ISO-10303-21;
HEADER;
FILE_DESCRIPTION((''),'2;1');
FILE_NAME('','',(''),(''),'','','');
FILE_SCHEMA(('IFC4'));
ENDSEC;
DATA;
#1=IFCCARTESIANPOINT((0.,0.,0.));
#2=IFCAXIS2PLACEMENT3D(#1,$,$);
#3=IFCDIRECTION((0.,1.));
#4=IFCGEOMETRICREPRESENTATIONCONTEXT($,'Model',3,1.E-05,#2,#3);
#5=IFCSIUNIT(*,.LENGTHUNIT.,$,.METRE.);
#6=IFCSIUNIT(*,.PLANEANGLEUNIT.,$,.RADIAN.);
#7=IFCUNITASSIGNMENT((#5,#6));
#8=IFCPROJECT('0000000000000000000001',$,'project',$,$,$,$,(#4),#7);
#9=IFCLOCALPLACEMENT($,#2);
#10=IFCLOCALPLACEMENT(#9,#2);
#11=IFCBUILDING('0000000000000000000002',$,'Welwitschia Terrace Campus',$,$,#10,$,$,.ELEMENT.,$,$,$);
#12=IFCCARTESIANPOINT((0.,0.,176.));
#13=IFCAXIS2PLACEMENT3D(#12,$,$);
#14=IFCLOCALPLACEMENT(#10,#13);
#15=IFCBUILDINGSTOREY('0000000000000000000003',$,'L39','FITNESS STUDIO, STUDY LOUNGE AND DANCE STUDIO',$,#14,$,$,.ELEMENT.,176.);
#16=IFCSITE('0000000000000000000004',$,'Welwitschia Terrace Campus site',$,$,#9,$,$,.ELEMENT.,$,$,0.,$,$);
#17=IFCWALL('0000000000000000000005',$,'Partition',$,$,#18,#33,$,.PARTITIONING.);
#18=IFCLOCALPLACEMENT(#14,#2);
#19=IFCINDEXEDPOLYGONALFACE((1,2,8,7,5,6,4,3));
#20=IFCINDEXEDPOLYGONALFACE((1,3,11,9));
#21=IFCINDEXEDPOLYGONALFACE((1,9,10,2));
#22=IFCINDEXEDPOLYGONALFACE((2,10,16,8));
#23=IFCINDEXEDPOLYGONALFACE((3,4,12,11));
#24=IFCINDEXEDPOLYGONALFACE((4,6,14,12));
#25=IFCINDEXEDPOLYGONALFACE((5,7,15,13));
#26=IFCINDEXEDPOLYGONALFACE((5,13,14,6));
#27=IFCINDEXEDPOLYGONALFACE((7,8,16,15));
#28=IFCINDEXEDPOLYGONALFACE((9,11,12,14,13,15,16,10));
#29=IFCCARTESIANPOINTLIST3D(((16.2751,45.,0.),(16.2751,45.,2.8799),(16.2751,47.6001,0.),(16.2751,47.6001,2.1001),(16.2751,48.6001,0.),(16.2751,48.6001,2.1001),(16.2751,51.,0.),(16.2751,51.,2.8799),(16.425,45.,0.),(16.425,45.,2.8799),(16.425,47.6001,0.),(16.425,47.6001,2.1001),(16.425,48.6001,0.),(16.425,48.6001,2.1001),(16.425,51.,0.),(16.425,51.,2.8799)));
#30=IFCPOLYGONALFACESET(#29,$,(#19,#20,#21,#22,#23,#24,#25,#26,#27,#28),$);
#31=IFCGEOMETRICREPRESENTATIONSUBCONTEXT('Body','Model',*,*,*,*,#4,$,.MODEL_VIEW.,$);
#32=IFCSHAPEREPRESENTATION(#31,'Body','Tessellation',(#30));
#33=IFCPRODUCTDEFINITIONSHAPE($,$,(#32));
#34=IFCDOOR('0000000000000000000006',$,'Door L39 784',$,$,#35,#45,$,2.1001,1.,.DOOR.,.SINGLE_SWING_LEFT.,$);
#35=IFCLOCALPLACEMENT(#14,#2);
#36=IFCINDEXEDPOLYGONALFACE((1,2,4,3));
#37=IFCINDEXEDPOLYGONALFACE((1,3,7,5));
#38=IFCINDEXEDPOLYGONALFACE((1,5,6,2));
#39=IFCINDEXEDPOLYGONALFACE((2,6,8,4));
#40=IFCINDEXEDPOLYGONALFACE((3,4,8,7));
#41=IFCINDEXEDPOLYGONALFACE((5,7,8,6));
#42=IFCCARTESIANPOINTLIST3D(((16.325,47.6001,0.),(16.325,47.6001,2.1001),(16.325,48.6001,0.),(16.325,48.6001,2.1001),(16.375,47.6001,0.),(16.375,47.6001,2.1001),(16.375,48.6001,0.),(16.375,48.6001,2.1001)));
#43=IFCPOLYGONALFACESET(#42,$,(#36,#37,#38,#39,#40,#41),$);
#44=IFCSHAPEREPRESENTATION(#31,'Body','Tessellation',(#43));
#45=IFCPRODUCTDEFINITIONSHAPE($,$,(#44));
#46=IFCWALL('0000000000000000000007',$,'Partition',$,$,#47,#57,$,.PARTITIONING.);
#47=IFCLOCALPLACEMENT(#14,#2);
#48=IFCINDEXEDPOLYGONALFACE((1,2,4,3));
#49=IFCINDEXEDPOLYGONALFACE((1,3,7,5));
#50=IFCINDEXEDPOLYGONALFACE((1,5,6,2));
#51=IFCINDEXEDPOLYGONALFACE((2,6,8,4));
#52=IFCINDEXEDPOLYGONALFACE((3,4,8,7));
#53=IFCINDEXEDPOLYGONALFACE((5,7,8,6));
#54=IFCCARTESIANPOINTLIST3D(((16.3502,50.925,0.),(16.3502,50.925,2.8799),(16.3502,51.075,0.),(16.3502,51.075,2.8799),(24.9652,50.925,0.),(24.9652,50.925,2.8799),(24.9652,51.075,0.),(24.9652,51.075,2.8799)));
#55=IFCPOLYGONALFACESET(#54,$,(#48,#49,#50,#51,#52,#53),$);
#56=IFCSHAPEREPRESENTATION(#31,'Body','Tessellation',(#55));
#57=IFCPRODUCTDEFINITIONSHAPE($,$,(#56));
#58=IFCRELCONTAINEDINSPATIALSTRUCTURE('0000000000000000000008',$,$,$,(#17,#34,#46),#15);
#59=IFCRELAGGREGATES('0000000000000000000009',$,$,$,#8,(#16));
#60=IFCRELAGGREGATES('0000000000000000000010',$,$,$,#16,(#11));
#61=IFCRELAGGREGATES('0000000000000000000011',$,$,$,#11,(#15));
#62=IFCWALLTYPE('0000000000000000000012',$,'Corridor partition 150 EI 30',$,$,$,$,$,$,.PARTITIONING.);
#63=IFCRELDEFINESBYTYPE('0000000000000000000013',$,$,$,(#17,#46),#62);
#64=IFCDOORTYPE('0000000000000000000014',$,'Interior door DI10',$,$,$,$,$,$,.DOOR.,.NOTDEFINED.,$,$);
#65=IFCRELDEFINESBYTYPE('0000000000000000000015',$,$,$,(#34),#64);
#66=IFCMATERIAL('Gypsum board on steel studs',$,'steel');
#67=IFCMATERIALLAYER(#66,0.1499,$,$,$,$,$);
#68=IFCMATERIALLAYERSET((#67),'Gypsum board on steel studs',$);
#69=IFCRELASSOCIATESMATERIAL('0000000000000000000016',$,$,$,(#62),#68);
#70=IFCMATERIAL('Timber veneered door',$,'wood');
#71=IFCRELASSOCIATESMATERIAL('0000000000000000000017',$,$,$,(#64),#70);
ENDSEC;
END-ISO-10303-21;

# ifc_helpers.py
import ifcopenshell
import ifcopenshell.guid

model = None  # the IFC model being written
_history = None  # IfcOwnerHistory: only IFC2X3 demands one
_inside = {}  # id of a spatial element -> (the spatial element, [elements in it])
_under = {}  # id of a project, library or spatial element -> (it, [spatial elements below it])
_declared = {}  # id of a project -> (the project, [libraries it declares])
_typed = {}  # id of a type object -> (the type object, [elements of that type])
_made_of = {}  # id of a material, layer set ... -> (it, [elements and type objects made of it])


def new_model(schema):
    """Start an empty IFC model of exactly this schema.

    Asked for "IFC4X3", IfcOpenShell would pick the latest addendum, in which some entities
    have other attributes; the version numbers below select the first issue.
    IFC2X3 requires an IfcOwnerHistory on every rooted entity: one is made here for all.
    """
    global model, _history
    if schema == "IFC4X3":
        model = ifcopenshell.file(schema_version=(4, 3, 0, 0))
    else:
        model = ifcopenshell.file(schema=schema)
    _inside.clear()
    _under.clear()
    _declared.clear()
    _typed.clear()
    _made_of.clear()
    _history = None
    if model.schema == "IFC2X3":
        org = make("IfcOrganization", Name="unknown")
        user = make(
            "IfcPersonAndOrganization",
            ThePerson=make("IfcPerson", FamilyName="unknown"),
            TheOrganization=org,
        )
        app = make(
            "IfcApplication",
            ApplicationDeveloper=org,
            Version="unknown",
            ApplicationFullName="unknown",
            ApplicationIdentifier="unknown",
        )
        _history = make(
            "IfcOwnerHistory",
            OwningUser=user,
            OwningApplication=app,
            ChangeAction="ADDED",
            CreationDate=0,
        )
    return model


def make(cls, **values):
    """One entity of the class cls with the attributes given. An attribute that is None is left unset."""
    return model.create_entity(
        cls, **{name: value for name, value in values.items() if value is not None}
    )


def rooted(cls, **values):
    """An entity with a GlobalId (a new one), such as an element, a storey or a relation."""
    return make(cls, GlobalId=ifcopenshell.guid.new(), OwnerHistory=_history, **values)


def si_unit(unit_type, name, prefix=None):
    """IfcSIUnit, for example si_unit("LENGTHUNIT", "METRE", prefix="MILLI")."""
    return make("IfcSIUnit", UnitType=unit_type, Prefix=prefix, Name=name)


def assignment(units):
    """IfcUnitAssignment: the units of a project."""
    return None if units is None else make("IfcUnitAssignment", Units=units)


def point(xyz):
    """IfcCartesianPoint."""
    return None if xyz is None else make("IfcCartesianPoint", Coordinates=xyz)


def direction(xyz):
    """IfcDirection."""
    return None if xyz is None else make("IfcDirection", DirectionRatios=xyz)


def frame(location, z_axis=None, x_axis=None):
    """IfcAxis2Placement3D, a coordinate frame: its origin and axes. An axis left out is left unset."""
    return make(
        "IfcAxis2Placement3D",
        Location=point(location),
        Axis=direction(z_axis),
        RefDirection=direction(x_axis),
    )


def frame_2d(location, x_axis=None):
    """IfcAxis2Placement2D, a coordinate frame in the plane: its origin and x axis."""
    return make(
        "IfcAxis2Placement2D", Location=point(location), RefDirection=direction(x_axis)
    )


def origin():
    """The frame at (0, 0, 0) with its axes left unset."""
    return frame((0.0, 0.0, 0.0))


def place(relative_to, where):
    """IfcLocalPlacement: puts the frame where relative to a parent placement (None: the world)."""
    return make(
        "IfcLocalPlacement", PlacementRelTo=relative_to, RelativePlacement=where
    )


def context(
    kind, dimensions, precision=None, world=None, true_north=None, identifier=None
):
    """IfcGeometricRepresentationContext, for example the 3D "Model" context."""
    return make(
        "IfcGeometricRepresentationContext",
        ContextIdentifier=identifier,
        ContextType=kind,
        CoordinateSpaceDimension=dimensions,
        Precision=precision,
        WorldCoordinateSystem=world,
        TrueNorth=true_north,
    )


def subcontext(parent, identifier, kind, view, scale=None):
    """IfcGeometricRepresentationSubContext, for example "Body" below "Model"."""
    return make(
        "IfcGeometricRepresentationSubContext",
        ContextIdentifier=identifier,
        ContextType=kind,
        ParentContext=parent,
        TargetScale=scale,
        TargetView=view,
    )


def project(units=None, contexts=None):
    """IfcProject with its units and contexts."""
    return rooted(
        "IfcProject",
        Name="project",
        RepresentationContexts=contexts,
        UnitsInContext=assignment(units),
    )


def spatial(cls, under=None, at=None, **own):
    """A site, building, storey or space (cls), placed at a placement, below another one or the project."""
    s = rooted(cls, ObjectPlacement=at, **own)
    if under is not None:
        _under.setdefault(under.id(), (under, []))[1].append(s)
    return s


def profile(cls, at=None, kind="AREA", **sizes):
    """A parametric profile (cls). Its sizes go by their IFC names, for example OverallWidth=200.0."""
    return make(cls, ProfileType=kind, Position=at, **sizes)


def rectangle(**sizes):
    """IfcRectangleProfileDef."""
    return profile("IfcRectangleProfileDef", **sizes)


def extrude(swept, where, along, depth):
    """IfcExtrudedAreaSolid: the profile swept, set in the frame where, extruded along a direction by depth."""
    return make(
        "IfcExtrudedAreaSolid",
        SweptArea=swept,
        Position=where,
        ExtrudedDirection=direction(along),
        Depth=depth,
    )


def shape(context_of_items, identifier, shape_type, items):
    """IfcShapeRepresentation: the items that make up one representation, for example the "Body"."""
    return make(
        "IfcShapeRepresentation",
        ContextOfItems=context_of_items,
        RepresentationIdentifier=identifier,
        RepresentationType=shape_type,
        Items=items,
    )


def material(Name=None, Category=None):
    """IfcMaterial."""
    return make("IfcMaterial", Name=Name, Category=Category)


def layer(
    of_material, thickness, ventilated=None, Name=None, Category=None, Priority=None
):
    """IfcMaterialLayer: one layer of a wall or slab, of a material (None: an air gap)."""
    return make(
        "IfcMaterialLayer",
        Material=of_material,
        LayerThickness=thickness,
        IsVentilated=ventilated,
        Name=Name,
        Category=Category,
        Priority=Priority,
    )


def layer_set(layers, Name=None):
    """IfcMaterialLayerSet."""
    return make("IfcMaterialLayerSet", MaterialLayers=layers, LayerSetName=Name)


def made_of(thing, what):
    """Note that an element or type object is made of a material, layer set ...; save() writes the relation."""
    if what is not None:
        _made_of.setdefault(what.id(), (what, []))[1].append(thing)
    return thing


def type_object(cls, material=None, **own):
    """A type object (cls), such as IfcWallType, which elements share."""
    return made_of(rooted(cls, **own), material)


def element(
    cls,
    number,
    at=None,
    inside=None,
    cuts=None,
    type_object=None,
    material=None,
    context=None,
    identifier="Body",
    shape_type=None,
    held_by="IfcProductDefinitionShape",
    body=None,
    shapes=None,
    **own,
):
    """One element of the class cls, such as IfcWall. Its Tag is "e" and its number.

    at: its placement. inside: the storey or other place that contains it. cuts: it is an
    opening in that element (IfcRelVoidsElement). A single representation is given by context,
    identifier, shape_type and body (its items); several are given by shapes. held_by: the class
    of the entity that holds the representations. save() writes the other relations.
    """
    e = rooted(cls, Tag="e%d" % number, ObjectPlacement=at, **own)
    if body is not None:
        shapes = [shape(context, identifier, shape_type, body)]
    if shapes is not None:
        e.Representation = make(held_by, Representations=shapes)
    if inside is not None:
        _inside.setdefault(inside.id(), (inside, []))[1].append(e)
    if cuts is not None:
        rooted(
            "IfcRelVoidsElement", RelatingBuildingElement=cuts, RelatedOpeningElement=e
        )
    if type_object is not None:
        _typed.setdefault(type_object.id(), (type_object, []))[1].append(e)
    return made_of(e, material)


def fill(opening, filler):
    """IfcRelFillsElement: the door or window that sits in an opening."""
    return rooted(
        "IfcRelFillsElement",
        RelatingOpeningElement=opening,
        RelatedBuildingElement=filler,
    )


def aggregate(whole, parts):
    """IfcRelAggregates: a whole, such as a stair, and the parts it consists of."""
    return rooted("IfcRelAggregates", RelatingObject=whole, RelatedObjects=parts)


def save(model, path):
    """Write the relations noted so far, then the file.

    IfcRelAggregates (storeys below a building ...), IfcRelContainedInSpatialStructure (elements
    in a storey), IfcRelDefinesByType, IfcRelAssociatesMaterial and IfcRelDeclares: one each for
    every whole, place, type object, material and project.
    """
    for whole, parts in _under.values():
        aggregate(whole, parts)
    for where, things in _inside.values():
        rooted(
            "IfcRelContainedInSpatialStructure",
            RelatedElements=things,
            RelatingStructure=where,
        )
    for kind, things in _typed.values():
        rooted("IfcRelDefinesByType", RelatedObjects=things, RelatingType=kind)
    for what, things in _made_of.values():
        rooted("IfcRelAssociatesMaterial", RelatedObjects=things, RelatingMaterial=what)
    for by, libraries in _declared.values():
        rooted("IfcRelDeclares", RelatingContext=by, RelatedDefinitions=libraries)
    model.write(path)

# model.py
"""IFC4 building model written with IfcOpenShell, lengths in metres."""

from ifc_helpers import new_model, si_unit, direction, frame, frame_2d, origin, place, context, subcontext, project, spatial, rectangle, extrude, material, layer, layer_set, type_object, element, fill, save


model = new_model("IFC4")

# Units and contexts
model_context = context("Model", 3, precision=1e-05, world=origin(), true_north=direction((0.0, 1.0)))
body_context = subcontext(model_context, "Body", "Model", "MODEL_VIEW")
ifc_project = project(units=[si_unit("LENGTHUNIT", "METRE"), si_unit("PLANEANGLEUNIT", "RADIAN")], contexts=[model_context])

# Site, building, storey
site_placement = place(None, origin())
site = spatial("IfcSite", under=ifc_project, at=site_placement, Name="Welwitschia Terrace Campus site", CompositionType="ELEMENT", RefElevation=0.0)
building_placement = place(site_placement, origin())
building = spatial("IfcBuilding", under=site, at=building_placement, Name="Welwitschia Terrace Campus", CompositionType="ELEMENT")
storey_placement = place(building_placement, frame((0.0, 0.0, 176.0)))
storey = spatial("IfcBuildingStorey", under=building, at=storey_placement, Name="L39", Description="FITNESS STUDIO, STUDY LOUNGE AND DANCE STUDIO", CompositionType="ELEMENT", Elevation=176.0)

# Shared definitions
ifc_material_1 = material(Name="Gypsum board on steel studs", Category="steel")
ifc_layer_1 = layer(ifc_material_1, 0.1499)
ifc_layer_set_1 = layer_set([ifc_layer_1], Name="Gypsum board on steel studs")
wall_type = type_object("IfcWallType", Name="Corridor partition 150 EI 30", PredefinedType="PARTITIONING", material=ifc_layer_set_1)

# Wall, opening, door
wall_1_placement = place(storey_placement, frame((16.3501, 51.0, 0.0), z_axis=(0.0, 0.0, 1.0), x_axis=(0.0, -1.0, 0.0)))
wall_1 = element("IfcWall", 1, at=wall_1_placement, inside=storey, type_object=wall_type, Name="Partition", PredefinedType="PARTITIONING", context=body_context, shape_type="SweptSolid", body=[
    extrude(rectangle(XDim=6.0, YDim=0.1499, at=frame_2d((3.0, 0.0))), origin(), (0.0, 0.0, 1.0), 2.8799),
])
opening_placement = place(wall_1_placement, frame((2.3999, 0.0, 0.0)))
opening = element("IfcOpeningElement", 2, at=opening_placement, cuts=wall_1, PredefinedType="OPENING", context=body_context, shape_type="SweptSolid", body=[
    extrude(rectangle(XDim=1.0, YDim=2.1001, at=frame_2d((0.5, 1.05))), frame((0.0, 0.085, 0.0), z_axis=(0.0, -1.0, 0.0), x_axis=(1.0, 0.0, 0.0)), (0.0, 0.0, 1.0), 0.1699),
])
ifc_material_2 = material(Name="Timber veneered door", Category="wood")
door_type = type_object("IfcDoorType", Name="Interior door DI10", OperationType="NOTDEFINED", PredefinedType="DOOR", material=ifc_material_2)
door_placement = place(opening_placement, origin())
door = element("IfcDoor", 3, at=door_placement, inside=storey, type_object=door_type, Name="Door L39 784", OperationType="SINGLE_SWING_LEFT", OverallHeight=2.1001, OverallWidth=1.0, PredefinedType="DOOR", context=body_context, shape_type="SweptSolid", body=[
    extrude(rectangle(XDim=1.0, YDim=2.1001, at=frame_2d((0.5, 1.05))), frame((0.0, 0.0249, 0.0), z_axis=(0.0, -1.0, 0.0), x_axis=(1.0, 0.0, 0.0)), (0.0, 0.0, 1.0), 0.05),
])
fill(opening, door)

# Wall
wall_2_placement = place(storey_placement, frame((16.3501, 51.0, 0.0), z_axis=(0.0, 0.0, 1.0), x_axis=(1.0, 0.0, 0.0)))
element("IfcWall", 4, at=wall_2_placement, inside=storey, type_object=wall_type, Name="Partition", PredefinedType="PARTITIONING", context=body_context, shape_type="SweptSolid", body=[
    extrude(rectangle(XDim=8.615, YDim=0.1499, at=frame_2d((4.3076, 0.0))), origin(), (0.0, 0.0, 1.0), 2.8799),
])

save(model, "model.ifc")
